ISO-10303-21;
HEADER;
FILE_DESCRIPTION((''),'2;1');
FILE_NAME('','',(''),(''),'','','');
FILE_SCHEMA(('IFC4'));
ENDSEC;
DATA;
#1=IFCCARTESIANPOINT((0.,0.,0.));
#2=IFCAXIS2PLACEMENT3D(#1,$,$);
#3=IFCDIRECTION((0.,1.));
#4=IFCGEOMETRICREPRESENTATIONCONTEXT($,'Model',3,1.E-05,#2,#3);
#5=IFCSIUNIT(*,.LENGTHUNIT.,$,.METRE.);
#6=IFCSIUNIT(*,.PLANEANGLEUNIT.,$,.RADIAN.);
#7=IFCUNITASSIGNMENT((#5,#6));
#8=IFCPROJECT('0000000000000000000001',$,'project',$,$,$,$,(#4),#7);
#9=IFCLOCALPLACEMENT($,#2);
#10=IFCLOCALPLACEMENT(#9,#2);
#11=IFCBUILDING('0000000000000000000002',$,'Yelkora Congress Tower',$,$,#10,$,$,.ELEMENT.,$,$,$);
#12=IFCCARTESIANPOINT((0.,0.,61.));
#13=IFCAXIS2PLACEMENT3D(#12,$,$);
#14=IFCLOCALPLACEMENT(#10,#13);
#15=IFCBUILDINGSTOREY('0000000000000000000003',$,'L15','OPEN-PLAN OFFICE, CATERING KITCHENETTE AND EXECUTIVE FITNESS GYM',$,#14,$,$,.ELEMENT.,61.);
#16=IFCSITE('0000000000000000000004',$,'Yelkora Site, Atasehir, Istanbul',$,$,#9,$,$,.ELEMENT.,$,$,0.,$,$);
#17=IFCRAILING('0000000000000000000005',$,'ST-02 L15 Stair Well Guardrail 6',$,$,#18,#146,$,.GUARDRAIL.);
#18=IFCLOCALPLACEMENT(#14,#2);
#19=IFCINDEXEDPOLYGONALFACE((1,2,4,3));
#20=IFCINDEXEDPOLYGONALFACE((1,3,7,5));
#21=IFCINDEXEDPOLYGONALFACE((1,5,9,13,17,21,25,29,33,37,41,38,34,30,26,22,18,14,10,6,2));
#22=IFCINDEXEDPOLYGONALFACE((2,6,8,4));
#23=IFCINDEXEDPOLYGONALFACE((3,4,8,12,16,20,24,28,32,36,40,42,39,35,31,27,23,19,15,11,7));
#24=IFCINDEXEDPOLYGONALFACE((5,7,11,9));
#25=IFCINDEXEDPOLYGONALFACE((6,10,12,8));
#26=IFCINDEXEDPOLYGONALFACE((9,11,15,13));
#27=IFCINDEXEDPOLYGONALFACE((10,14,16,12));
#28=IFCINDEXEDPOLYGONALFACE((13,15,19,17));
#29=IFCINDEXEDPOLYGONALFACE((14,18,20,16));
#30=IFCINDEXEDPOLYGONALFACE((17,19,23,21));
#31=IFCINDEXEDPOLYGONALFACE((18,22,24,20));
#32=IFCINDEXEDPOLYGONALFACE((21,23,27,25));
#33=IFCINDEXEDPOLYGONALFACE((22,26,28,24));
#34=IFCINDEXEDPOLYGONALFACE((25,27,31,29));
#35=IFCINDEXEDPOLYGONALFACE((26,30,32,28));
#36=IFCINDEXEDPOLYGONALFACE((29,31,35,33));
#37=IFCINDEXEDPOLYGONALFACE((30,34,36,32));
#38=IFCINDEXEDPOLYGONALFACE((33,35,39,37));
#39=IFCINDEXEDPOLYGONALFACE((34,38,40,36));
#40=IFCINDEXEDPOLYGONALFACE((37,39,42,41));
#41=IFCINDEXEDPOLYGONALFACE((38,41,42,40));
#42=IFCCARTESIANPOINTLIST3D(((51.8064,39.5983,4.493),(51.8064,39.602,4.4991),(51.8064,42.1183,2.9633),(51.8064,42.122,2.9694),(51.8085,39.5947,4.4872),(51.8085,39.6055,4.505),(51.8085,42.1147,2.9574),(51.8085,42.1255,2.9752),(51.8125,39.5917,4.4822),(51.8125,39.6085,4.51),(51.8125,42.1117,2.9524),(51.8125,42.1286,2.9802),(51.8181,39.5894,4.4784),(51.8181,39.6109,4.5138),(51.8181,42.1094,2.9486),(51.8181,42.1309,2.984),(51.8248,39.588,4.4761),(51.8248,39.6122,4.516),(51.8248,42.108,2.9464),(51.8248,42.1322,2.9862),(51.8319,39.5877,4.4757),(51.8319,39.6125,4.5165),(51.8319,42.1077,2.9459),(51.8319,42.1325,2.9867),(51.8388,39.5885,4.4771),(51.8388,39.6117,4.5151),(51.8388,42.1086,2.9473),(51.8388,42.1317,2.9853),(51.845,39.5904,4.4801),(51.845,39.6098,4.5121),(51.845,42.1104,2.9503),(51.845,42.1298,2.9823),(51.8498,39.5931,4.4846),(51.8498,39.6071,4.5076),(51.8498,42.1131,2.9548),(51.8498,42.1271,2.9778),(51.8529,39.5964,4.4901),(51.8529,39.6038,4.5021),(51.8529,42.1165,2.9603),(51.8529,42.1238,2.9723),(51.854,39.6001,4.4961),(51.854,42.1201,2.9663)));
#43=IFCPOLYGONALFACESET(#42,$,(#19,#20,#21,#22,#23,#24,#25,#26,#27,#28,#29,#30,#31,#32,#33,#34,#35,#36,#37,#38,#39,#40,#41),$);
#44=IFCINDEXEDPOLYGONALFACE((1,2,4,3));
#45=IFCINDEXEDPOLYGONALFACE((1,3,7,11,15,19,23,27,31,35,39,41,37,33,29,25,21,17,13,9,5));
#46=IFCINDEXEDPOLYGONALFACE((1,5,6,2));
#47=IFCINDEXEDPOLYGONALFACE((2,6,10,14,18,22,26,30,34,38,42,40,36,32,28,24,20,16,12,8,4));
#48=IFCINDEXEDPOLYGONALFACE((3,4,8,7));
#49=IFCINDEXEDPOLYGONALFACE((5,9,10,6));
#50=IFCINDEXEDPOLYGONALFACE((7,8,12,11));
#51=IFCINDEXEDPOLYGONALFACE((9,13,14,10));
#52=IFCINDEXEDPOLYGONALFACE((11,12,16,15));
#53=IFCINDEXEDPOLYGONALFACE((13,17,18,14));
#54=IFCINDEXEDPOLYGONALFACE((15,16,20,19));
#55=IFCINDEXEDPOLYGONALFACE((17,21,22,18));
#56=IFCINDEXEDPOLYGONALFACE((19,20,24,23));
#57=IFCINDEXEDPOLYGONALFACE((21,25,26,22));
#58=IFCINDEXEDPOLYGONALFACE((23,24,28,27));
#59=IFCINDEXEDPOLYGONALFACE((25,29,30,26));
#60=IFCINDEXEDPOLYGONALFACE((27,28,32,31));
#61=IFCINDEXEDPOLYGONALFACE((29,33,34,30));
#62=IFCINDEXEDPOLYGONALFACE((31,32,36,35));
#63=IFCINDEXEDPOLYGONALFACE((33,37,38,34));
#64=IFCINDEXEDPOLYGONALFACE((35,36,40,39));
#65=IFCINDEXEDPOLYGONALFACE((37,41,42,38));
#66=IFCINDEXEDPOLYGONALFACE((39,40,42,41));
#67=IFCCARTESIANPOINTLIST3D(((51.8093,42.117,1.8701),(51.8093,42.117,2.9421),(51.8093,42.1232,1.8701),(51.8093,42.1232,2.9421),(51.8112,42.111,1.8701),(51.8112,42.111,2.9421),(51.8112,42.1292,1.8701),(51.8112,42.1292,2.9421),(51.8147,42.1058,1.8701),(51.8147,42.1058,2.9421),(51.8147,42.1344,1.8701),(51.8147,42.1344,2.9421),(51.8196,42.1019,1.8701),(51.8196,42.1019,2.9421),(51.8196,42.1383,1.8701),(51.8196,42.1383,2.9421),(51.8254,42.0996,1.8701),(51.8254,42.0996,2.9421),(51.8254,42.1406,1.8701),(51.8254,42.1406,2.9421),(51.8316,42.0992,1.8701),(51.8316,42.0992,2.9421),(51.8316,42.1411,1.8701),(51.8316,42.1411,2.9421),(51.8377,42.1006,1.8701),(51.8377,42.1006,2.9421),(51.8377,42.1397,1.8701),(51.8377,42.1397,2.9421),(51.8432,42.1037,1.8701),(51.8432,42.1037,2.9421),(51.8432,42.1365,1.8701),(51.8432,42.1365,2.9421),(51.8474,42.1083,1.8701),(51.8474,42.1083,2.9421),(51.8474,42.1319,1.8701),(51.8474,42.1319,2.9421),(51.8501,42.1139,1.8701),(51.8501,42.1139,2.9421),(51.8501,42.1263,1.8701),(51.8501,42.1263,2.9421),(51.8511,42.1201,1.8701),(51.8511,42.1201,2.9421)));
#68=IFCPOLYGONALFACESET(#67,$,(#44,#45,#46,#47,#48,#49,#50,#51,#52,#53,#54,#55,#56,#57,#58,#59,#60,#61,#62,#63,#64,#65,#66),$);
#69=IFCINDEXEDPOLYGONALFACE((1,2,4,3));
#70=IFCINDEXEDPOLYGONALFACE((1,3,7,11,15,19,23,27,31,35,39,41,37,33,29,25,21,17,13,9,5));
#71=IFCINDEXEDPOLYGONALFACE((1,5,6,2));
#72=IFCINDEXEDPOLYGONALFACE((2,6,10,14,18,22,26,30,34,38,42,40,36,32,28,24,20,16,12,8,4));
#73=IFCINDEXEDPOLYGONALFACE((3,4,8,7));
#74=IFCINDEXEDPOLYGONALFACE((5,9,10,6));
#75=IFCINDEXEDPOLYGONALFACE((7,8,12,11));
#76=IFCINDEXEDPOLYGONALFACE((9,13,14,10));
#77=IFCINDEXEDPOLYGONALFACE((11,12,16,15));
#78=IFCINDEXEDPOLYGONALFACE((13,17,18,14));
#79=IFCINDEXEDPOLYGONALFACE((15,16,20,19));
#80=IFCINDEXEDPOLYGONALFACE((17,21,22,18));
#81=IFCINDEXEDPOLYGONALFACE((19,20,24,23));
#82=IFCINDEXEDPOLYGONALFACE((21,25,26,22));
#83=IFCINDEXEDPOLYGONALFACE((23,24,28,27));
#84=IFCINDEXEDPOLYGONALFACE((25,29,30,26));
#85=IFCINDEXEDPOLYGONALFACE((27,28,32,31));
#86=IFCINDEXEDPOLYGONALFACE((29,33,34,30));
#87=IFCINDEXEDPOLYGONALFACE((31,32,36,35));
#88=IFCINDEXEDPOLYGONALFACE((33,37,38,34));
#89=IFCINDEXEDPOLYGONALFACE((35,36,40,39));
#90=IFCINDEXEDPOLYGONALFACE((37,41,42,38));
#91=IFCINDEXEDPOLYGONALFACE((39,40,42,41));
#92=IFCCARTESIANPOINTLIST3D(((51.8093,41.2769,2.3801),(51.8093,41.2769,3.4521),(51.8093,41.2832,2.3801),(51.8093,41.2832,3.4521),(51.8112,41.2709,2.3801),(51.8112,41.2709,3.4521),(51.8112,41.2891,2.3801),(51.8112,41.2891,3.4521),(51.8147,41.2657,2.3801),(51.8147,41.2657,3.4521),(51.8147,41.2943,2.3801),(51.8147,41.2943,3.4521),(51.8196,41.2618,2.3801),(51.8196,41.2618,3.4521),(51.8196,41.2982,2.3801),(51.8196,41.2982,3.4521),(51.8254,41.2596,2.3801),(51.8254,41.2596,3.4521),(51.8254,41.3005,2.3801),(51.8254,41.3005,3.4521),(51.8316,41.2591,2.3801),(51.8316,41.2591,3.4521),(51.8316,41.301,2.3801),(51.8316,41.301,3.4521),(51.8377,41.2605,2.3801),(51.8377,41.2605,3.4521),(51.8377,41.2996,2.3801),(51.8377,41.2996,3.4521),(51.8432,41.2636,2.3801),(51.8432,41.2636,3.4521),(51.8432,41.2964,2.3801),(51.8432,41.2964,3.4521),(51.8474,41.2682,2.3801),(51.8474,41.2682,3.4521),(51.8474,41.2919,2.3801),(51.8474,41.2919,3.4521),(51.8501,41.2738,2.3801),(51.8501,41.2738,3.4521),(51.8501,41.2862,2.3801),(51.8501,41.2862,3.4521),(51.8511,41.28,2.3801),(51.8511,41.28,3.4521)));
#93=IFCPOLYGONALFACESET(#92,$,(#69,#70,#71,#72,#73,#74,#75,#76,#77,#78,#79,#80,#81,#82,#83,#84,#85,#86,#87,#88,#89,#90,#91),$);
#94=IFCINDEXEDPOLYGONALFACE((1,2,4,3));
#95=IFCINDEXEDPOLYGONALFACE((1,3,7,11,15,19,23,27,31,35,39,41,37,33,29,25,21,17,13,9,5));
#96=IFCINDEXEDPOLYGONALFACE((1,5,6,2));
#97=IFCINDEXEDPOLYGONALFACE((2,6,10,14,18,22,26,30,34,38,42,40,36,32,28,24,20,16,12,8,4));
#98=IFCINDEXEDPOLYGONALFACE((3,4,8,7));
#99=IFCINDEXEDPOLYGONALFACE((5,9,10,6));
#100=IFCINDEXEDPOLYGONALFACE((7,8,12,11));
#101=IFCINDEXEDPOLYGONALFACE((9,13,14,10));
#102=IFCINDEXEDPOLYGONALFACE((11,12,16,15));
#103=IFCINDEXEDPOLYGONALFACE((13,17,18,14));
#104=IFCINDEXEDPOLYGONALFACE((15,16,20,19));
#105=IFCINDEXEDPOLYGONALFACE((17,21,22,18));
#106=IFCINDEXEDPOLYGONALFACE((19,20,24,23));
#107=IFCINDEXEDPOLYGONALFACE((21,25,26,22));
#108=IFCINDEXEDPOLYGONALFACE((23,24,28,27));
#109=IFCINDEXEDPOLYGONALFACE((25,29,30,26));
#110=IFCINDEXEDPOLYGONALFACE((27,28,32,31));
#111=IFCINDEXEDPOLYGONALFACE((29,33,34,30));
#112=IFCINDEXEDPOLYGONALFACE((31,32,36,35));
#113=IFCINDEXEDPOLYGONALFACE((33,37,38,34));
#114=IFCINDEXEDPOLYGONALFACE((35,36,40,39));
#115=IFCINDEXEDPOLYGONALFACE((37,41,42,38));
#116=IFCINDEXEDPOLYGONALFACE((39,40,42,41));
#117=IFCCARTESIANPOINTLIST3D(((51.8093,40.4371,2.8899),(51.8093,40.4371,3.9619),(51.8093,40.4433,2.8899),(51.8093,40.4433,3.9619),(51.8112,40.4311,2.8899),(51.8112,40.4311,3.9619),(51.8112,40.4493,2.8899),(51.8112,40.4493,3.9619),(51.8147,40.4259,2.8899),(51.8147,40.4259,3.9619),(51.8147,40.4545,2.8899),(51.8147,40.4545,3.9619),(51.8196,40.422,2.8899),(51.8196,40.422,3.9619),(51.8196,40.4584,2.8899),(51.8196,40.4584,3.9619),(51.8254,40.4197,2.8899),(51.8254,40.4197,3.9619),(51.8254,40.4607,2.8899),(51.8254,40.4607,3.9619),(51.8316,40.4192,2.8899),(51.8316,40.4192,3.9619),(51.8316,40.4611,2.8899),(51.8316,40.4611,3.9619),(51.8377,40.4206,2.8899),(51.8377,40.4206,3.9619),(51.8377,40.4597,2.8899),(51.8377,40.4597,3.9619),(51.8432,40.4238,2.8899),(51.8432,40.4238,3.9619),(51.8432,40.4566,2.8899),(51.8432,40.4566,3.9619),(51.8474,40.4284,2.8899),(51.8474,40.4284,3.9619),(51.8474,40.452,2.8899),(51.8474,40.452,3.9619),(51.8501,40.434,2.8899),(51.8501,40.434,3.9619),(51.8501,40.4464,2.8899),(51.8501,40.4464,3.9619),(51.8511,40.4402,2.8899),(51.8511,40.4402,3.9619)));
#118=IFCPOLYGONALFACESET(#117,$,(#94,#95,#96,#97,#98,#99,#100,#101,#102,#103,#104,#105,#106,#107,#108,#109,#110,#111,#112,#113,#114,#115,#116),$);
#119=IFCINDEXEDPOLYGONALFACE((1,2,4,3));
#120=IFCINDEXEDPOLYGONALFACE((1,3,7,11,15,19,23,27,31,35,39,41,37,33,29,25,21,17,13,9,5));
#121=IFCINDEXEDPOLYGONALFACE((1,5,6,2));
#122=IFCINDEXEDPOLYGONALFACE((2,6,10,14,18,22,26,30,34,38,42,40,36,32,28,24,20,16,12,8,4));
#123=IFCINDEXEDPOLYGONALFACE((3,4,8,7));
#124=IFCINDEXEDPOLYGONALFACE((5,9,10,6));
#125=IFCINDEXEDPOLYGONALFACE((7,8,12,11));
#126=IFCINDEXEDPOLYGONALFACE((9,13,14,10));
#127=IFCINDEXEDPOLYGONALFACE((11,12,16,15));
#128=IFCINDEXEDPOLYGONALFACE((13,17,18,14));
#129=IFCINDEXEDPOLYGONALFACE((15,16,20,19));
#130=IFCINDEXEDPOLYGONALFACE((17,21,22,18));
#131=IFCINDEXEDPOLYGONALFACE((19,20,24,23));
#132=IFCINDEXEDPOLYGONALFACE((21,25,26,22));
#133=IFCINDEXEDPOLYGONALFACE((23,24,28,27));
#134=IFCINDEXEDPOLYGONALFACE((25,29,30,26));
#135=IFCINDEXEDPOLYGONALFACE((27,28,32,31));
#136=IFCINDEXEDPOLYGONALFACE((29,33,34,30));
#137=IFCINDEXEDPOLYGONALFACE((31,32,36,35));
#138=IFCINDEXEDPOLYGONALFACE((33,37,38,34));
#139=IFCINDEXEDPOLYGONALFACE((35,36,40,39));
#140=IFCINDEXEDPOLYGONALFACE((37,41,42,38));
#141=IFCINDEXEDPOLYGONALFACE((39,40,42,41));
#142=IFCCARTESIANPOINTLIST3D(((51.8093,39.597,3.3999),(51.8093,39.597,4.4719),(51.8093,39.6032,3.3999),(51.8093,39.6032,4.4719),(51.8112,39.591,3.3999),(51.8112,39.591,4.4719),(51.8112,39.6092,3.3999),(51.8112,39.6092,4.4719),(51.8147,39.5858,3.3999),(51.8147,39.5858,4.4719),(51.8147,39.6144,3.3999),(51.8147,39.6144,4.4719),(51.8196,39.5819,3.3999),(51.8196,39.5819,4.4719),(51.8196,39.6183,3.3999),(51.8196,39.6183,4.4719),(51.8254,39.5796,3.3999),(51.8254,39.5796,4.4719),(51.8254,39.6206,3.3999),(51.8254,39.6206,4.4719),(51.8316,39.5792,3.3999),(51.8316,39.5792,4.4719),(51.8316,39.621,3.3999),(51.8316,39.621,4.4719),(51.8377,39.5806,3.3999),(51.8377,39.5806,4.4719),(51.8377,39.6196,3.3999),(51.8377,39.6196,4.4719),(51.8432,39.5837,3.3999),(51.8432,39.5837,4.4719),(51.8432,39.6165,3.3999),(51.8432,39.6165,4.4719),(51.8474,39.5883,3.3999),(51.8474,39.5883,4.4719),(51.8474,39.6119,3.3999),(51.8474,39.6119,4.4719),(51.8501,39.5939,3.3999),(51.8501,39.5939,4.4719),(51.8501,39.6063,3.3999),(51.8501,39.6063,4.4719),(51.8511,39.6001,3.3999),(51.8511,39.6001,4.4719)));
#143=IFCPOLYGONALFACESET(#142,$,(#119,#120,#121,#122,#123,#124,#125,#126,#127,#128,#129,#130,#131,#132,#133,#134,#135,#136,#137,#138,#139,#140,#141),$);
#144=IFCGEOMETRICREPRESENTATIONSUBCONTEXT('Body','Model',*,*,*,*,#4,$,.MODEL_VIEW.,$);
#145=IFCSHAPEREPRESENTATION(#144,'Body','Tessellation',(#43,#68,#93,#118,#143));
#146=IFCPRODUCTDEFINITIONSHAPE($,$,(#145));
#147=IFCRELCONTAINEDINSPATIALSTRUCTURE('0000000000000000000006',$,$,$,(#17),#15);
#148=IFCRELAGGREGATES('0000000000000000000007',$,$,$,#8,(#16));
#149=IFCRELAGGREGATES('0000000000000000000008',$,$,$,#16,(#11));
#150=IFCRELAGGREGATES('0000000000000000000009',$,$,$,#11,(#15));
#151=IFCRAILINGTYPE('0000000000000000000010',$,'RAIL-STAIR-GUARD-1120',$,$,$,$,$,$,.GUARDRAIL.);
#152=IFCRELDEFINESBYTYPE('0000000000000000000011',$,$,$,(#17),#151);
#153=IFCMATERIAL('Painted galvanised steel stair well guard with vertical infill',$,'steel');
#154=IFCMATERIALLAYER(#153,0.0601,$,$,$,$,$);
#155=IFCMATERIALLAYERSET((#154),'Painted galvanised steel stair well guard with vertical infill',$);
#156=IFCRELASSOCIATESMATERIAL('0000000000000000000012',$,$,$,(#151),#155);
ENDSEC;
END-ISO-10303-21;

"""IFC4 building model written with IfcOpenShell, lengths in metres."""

from ifc_helpers import new_model, si_unit, direction, frame, origin, origin_2d, place, context, subcontext, project, spatial, circle, extrude, material, layer, layer_set, type_object, element, save


model = new_model("IFC4")

# Units and contexts
model_context = context("Model", 3, precision=1e-05, world=origin(), true_north=direction((0.0, 1.0)))
body_context = subcontext(model_context, "Body", "Model", "MODEL_VIEW")
ifc_project = project(units=[si_unit("LENGTHUNIT", "METRE"), si_unit("PLANEANGLEUNIT", "RADIAN")], contexts=[model_context])

# Site, building, storey
site_placement = place(None, origin())
site = spatial("IfcSite", under=ifc_project, at=site_placement, Name="Yelkora Site, Atasehir, Istanbul", CompositionType="ELEMENT", RefElevation=0.0)
building_placement = place(site_placement, origin())
building = spatial("IfcBuilding", under=site, at=building_placement, Name="Yelkora Congress Tower", CompositionType="ELEMENT")
storey_placement = place(building_placement, frame((0.0, 0.0, 61.0)))
storey = spatial("IfcBuildingStorey", under=building, at=storey_placement, Name="L15", Description="OPEN-PLAN OFFICE, CATERING KITCHENETTE AND EXECUTIVE FITNESS GYM", CompositionType="ELEMENT", Elevation=61.0)

# Railing
ifc_material_1 = material(Name="Painted galvanised steel stair well guard with vertical infill", Category="steel")
ifc_layer_1 = layer(ifc_material_1, 0.0601)
ifc_layer_set_1 = layer_set([ifc_layer_1], Name="Painted galvanised steel stair well guard with vertical infill")
railing_type_1 = type_object("IfcRailingType", Name="RAIL-STAIR-GUARD-1120", PredefinedType="GUARDRAIL", material=ifc_layer_set_1)
railing_1_placement = place(storey_placement, frame((51.8301, 42.1201, 1.8701)))
element("IfcRailing", 1, at=railing_1_placement, inside=storey, type_object=railing_type_1, Name="ST-02 L15 Stair Well Guardrail 6", PredefinedType="GUARDRAIL", context=body_context, shape_type="SweptSolid", body=[
    extrude(circle(Radius=0.0239, at=origin_2d()), frame((0.0, 0.0, 1.0962), z_axis=(0.0, -0.854822, 0.518922), x_axis=(1.0, 0.0, 0.0)), (0.0, 0.0, 1.0), 2.948),
    extrude(circle(Radius=0.021, at=origin_2d()), origin(), (0.0, 0.0, 1.0), 1.072),
    extrude(circle(Radius=0.021, at=origin_2d()), frame((0.0, -0.8401, 0.51)), (0.0, 0.0, 1.0), 1.072),
    extrude(circle(Radius=0.021, at=origin_2d()), frame((0.0, -1.6799, 1.0198)), (0.0, 0.0, 1.0), 1.072),
    extrude(circle(Radius=0.021, at=origin_2d()), frame((0.0, -2.52, 1.5298)), (0.0, 0.0, 1.0), 1.072),
])

save(model, "model.ifc")
